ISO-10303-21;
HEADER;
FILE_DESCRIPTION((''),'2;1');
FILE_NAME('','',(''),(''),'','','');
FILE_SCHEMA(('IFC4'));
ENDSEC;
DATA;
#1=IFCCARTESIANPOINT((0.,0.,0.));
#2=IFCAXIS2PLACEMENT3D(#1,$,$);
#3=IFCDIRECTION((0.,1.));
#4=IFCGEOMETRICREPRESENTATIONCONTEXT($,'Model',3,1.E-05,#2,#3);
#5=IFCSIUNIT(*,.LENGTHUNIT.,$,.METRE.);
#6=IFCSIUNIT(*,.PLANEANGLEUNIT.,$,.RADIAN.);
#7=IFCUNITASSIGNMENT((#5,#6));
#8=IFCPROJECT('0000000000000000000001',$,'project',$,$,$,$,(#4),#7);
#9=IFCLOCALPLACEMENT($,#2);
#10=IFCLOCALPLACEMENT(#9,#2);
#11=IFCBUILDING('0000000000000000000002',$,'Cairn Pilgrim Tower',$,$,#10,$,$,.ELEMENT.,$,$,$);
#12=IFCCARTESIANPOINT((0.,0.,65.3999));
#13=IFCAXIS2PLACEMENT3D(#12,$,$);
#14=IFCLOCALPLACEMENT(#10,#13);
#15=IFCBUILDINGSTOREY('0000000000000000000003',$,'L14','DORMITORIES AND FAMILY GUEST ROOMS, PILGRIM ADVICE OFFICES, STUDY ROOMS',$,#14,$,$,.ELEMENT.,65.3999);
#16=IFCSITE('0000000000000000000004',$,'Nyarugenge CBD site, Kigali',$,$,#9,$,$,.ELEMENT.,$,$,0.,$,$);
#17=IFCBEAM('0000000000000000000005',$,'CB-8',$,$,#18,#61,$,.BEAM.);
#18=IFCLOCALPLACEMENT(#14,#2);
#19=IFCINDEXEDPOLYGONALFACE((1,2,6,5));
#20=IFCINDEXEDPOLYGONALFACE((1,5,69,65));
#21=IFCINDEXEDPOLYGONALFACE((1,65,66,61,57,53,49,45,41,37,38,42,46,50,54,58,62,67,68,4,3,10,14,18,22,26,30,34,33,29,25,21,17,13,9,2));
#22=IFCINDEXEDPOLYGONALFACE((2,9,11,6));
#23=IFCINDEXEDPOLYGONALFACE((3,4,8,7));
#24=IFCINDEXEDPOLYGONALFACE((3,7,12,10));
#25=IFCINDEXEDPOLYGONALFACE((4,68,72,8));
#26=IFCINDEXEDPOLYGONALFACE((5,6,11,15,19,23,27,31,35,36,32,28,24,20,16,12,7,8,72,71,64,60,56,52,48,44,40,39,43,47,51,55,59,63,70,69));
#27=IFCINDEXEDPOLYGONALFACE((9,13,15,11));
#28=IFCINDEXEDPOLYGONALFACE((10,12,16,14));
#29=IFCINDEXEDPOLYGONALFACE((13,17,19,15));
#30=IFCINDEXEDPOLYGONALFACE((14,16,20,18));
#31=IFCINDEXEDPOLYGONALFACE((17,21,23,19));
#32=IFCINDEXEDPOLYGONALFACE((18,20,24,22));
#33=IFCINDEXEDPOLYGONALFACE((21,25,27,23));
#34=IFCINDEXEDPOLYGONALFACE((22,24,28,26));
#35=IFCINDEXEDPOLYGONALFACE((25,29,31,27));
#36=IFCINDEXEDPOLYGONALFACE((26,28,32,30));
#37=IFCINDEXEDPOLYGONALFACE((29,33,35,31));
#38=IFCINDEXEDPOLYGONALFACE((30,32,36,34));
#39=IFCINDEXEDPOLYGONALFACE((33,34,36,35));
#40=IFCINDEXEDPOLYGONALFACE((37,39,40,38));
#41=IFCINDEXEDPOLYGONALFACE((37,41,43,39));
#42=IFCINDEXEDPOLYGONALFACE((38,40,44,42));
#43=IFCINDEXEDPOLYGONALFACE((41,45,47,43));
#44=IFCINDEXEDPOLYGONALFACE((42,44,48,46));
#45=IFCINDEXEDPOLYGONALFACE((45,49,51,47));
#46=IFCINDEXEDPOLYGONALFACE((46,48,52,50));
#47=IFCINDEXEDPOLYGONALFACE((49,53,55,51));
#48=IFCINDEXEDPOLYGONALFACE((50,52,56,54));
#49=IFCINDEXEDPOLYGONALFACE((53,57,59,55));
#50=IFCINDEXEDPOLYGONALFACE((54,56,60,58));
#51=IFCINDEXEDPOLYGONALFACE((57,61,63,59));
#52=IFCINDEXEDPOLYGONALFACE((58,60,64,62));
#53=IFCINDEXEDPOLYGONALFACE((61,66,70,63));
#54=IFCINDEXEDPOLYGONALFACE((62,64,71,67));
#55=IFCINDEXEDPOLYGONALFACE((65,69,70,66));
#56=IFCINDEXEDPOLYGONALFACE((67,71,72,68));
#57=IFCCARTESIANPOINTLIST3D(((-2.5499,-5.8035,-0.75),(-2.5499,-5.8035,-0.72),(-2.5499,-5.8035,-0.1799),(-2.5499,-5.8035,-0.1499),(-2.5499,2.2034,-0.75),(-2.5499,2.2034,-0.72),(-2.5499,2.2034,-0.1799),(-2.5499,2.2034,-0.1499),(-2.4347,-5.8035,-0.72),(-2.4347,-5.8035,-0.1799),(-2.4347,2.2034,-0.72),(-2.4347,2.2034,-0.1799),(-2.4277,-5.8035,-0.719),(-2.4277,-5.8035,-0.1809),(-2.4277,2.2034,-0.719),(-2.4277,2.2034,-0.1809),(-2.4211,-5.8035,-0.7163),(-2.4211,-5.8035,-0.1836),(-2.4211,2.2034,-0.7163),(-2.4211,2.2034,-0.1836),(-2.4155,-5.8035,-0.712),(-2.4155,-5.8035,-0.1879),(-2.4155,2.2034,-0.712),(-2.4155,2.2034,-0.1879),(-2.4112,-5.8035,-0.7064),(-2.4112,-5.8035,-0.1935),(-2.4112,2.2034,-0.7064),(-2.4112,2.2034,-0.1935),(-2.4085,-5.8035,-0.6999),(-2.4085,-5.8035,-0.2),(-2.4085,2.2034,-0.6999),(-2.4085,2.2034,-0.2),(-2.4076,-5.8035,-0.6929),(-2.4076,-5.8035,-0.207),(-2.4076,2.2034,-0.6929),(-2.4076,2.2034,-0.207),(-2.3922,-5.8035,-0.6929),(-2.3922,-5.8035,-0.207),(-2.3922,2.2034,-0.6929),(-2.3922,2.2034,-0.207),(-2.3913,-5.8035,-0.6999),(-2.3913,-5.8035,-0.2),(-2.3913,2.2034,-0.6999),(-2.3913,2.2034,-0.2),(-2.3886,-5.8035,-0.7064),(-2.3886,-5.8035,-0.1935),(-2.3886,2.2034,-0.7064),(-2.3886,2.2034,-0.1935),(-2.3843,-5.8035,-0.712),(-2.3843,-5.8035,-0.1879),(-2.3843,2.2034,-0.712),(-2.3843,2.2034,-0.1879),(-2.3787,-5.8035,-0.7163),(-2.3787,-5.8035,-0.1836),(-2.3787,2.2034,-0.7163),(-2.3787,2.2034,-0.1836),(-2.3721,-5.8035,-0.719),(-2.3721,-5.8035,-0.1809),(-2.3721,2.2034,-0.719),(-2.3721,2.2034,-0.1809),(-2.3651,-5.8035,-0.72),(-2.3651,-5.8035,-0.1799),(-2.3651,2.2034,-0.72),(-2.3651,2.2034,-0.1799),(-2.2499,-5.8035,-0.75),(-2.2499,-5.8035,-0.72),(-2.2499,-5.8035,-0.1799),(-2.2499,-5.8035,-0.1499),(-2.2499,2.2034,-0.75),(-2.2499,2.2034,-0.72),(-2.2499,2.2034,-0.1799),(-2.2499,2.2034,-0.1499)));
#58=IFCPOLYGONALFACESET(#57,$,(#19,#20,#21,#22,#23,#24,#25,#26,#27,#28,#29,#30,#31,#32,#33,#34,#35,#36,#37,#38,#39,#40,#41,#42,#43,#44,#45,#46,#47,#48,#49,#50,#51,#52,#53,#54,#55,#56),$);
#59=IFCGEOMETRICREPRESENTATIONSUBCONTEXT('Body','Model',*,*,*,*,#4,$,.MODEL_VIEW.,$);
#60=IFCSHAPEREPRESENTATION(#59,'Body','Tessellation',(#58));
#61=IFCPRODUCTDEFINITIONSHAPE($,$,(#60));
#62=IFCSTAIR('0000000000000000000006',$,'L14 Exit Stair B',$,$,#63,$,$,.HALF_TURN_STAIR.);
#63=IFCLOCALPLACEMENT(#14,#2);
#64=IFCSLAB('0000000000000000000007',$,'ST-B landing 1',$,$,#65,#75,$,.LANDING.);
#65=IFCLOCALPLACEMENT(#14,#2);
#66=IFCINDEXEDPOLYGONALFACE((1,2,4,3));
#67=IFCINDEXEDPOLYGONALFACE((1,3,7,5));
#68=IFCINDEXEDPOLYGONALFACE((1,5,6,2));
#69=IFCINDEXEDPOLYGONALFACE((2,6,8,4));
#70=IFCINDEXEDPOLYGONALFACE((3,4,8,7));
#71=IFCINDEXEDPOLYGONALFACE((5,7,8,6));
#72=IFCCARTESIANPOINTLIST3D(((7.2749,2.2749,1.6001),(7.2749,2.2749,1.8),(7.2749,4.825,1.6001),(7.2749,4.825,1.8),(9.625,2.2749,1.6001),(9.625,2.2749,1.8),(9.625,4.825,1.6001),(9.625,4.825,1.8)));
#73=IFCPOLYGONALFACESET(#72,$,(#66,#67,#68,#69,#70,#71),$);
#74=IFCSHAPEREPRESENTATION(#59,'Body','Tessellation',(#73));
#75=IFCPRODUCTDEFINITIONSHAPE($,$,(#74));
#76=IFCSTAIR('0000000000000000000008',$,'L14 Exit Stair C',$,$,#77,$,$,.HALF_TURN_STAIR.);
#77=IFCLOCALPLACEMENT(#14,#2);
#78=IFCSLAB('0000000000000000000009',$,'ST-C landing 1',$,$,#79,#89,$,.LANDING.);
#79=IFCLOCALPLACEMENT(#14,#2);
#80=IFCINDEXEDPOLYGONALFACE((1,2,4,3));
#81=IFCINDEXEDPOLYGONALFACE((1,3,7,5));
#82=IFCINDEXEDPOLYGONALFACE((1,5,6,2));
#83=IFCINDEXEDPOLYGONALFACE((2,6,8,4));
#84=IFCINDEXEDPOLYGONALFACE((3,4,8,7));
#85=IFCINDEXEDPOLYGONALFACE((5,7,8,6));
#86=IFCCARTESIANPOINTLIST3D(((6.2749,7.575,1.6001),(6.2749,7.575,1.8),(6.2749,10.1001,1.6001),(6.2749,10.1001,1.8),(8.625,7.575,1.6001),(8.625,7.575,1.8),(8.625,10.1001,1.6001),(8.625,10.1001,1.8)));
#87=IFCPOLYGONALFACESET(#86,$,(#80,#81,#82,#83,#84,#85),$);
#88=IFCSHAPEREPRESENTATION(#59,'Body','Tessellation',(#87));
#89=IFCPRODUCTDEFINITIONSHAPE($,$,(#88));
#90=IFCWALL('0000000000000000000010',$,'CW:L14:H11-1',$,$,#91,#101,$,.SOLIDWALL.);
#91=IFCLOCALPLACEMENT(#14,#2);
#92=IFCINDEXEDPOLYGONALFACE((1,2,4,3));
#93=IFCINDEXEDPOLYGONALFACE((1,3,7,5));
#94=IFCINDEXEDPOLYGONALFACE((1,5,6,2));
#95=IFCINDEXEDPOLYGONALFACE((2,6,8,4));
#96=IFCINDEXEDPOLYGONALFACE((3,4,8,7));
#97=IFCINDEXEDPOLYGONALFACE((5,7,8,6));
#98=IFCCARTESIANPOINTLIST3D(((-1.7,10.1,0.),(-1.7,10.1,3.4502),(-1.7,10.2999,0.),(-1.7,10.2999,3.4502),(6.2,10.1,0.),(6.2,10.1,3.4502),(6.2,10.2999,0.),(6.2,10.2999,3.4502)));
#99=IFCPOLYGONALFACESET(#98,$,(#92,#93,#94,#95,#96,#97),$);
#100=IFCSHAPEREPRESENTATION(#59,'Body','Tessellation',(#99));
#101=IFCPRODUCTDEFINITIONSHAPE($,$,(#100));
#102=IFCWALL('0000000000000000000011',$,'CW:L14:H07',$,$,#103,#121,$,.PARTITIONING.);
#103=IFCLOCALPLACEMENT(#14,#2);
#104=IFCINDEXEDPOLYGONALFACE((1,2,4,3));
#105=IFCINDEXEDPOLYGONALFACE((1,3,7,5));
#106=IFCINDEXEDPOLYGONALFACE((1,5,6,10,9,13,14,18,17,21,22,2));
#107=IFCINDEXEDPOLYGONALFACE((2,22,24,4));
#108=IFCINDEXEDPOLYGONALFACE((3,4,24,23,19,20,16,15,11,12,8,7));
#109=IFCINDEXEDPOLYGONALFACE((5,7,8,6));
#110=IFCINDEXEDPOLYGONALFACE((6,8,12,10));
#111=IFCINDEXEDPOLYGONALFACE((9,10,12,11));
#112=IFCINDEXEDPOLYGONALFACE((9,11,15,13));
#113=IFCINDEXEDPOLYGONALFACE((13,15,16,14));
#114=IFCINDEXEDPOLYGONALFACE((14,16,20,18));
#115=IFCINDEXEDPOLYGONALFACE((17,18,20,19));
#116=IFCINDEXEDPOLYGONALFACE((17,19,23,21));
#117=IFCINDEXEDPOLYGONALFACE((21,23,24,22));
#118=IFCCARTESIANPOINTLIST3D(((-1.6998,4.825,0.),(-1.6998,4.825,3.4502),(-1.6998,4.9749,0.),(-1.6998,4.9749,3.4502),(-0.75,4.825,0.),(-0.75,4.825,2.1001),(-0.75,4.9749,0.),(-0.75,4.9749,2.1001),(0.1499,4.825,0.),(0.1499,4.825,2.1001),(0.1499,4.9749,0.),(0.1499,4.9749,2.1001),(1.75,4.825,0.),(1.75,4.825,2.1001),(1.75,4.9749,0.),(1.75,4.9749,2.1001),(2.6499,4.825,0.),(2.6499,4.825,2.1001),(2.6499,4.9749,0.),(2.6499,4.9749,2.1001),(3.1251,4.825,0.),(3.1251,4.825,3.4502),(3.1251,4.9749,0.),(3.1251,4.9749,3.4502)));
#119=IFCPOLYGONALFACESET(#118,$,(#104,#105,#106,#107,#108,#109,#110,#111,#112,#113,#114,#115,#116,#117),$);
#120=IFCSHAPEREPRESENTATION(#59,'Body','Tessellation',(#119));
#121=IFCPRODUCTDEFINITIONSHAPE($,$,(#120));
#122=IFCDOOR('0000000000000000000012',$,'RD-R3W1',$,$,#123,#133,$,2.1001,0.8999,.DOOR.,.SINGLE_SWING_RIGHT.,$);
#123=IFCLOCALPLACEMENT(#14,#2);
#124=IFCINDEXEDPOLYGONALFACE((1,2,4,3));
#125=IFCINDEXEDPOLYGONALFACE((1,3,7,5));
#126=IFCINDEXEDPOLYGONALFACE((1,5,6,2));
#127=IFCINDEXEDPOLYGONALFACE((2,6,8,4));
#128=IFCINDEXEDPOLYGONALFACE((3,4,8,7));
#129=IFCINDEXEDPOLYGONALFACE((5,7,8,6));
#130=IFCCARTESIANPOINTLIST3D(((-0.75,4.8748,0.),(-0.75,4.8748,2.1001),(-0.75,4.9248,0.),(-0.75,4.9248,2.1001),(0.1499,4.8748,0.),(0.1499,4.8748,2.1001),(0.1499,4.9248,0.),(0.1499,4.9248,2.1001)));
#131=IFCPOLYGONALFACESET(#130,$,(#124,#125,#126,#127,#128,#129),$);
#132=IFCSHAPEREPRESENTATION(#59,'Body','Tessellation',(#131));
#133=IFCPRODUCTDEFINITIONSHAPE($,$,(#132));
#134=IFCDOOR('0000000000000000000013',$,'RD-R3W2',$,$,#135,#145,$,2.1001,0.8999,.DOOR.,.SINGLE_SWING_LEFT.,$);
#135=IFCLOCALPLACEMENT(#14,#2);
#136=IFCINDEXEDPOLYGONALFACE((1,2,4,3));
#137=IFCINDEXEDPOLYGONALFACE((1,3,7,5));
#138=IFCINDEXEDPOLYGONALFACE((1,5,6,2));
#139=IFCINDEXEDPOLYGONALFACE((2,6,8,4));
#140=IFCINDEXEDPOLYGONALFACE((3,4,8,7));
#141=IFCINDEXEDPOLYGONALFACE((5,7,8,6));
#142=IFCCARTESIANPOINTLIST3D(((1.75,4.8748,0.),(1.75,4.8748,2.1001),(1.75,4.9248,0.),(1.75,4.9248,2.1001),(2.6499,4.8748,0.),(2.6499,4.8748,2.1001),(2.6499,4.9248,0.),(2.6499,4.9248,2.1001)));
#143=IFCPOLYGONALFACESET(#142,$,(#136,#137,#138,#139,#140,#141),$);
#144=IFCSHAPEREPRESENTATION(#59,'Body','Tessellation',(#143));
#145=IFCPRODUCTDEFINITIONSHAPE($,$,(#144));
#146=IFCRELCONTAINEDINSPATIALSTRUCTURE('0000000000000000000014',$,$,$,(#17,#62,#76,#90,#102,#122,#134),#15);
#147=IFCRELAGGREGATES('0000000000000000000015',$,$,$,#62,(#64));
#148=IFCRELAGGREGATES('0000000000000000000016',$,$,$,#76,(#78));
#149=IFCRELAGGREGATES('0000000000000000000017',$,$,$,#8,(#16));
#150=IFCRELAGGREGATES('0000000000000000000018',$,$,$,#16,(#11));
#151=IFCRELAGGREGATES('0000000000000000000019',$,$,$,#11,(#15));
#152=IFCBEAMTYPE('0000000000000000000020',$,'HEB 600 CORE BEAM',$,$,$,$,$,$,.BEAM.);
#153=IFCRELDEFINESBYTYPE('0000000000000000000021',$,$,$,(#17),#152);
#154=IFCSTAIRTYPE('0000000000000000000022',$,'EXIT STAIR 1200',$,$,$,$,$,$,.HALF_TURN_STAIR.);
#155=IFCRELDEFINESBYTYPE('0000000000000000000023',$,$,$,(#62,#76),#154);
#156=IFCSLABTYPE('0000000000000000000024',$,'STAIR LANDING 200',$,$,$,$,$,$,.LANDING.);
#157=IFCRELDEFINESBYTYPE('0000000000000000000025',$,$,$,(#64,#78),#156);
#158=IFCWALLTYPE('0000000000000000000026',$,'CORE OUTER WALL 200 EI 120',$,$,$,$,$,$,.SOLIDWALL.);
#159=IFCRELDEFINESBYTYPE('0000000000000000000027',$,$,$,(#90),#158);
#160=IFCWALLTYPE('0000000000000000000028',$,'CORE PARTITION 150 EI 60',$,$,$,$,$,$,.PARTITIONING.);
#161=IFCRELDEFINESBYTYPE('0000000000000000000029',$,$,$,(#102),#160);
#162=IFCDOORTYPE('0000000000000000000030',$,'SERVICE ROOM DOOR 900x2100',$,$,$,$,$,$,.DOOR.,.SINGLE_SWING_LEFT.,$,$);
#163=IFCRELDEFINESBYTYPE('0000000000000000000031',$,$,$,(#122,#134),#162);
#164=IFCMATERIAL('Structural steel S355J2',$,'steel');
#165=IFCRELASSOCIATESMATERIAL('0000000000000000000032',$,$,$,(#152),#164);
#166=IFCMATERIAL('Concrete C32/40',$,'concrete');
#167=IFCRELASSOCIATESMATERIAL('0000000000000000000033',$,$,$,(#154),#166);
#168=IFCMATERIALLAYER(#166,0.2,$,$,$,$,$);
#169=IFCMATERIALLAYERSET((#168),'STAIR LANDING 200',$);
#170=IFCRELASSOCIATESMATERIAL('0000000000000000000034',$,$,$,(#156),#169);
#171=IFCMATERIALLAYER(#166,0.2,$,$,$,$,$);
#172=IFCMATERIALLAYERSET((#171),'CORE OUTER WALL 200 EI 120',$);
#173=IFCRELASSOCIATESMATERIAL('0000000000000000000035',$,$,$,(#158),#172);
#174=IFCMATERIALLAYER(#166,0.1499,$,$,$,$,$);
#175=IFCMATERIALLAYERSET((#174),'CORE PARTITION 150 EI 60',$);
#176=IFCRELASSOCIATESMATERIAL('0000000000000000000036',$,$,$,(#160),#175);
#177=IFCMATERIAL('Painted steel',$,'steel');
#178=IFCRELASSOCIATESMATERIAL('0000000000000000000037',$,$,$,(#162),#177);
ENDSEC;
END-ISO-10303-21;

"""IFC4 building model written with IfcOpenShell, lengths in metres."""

from ifc_helpers import new_model, si_unit, direction, frame, frame_2d, origin, origin_2d, place, context, subcontext, project, spatial, polyline, rectangle, i_section, outline, extrude, material, layer, layer_set, material_profile, profile_set, type_object, element, fill, aggregate, save


model = new_model("IFC4")

# Units and contexts
model_context = context("Model", 3, precision=1e-05, world=origin(), true_north=direction((0.0, 1.0)))
body_context = subcontext(model_context, "Body", "Model", "MODEL_VIEW")
ifc_project = project(units=[si_unit("LENGTHUNIT", "METRE"), si_unit("PLANEANGLEUNIT", "RADIAN")], contexts=[model_context])

# Site, building, storey
site_placement = place(None, origin())
site = spatial("IfcSite", under=ifc_project, at=site_placement, Name="Nyarugenge CBD site, Kigali", CompositionType="ELEMENT", RefElevation=0.0)
building_placement = place(site_placement, origin())
building = spatial("IfcBuilding", under=site, at=building_placement, Name="Cairn Pilgrim Tower", CompositionType="ELEMENT")
storey_placement = place(building_placement, frame((0.0, 0.0, 65.3999)))
storey = spatial("IfcBuildingStorey", under=building, at=storey_placement, Name="L14", Description="DORMITORIES AND FAMILY GUEST ROOMS, PILGRIM ADVICE OFFICES, STUDY ROOMS", CompositionType="ELEMENT", Elevation=65.3999)

# Beam
ifc_material_1 = material(Name="Structural steel S355J2", Category="steel")
ifc_material_profile_1 = material_profile(ifc_material_1, i_section(OverallWidth=0.3, OverallDepth=0.6001, WebThickness=0.0154, FlangeThickness=0.03, FilletRadius=0.0271, at=origin_2d()), Name="HEB 600")
ifc_profile_set_1 = profile_set([ifc_material_profile_1], Name="Structural steel S355J2")
beam_type = type_object("IfcBeamType", Name="HEB 600 CORE BEAM", PredefinedType="BEAM", material=ifc_profile_set_1)
for number, where, z_axis, x_axis, name in (
    (1, (-2.3999, 2.2034, -0.45), (0.0, -1.0, 0.0), (1.0, 0.0, 0.0), "CB-8"),
):
    element("IfcBeam", number, at=place(storey_placement, frame(where, z_axis=z_axis, x_axis=x_axis)), inside=storey, type_object=beam_type, Name=name, PredefinedType="BEAM", context=body_context, shape_type="SweptSolid", body=[
        extrude(i_section(OverallWidth=0.3, OverallDepth=0.6001, WebThickness=0.0154, FlangeThickness=0.03, FilletRadius=0.0271, at=origin_2d()), origin(), (0.0, 0.0, 1.0), 8.0068),
    ])

# Stairs, slabs
ifc_material_2 = material(Name="Concrete C32/40", Category="concrete")
stair_type = type_object("IfcStairType", Name="EXIT STAIR 1200", PredefinedType="HALF_TURN_STAIR", material=ifc_material_2)
stair_1_placement = place(storey_placement, origin())
stair_1 = element("IfcStair", 2, at=stair_1_placement, inside=storey, type_object=stair_type, Name="L14 Exit Stair B", PredefinedType="HALF_TURN_STAIR")
ifc_layer_1 = layer(ifc_material_2, 0.2)
ifc_layer_set_1 = layer_set([ifc_layer_1], Name="STAIR LANDING 200")
slab_type = type_object("IfcSlabType", Name="STAIR LANDING 200", PredefinedType="LANDING", material=ifc_layer_set_1)
slab_1_placement = place(storey_placement, frame((0.0, 0.0, 1.6001)))
slab_1 = element("IfcSlab", 3, at=slab_1_placement, type_object=slab_type, Name="ST-B landing 1", PredefinedType="LANDING", context=body_context, shape_type="SweptSolid", body=[
    extrude(outline(polyline([(7.2749, 2.2749), (9.625, 2.2749), (9.625, 4.825), (7.2749, 4.825), (7.2749, 2.2749)])), origin(), (0.0, 0.0, 1.0), 0.2),
])
aggregate(stair_1, [slab_1])
stair_2_placement = place(storey_placement, origin())
stair_2 = element("IfcStair", 4, at=stair_2_placement, inside=storey, type_object=stair_type, Name="L14 Exit Stair C", PredefinedType="HALF_TURN_STAIR")
slab_2_placement = place(storey_placement, frame((0.0, 0.0, 1.6001)))
slab_2 = element("IfcSlab", 5, at=slab_2_placement, type_object=slab_type, Name="ST-C landing 1", PredefinedType="LANDING", context=body_context, shape_type="SweptSolid", body=[
    extrude(outline(polyline([(8.625, 10.1001), (6.2749, 10.1001), (6.2749, 7.575), (8.625, 7.575), (8.625, 10.1001)])), origin(), (0.0, 0.0, 1.0), 0.2),
])
aggregate(stair_2, [slab_2])

# Wall
ifc_layer_2 = layer(ifc_material_2, 0.2)
ifc_layer_set_2 = layer_set([ifc_layer_2], Name="CORE OUTER WALL 200 EI 120")
wall_type_1 = type_object("IfcWallType", Name="CORE OUTER WALL 200 EI 120", PredefinedType="SOLIDWALL", material=ifc_layer_set_2)
wall_1_placement = place(storey_placement, frame((-1.7, 10.2, 0.0), z_axis=(0.0, 0.0, 1.0), x_axis=(1.0, 0.0, 0.0)))
element("IfcWall", 6, at=wall_1_placement, inside=storey, type_object=wall_type_1, Name="CW:L14:H11-1", PredefinedType="SOLIDWALL", context=body_context, shape_type="SweptSolid", body=[
    extrude(rectangle(XDim=7.8999, YDim=0.2, at=frame_2d((3.95, 0.0))), origin(), (0.0, 0.0, 1.0), 3.4502),
])

# Wall, openings, doors
ifc_layer_3 = layer(ifc_material_2, 0.1499)
ifc_layer_set_3 = layer_set([ifc_layer_3], Name="CORE PARTITION 150 EI 60")
wall_type_2 = type_object("IfcWallType", Name="CORE PARTITION 150 EI 60", PredefinedType="PARTITIONING", material=ifc_layer_set_3)
wall_2_placement = place(storey_placement, frame((-1.7, 4.8999, 0.0), z_axis=(0.0, 0.0, 1.0), x_axis=(1.0, 0.0, 0.0)))
wall_2 = element("IfcWall", 7, at=wall_2_placement, inside=storey, type_object=wall_type_2, Name="CW:L14:H07", PredefinedType="PARTITIONING", context=body_context, shape_type="SweptSolid", body=[
    extrude(rectangle(XDim=4.825, YDim=0.1499, at=frame_2d((2.4126, 0.0))), origin(), (0.0, 0.0, 1.0), 3.4502),
])
opening_1_placement = place(wall_2_placement, frame((0.95, 0.0, 0.0)))
opening_1 = element("IfcOpeningElement", 8, at=opening_1_placement, cuts=wall_2, PredefinedType="OPENING", context=body_context, shape_type="SweptSolid", body=[
    extrude(rectangle(XDim=0.8999, YDim=2.1001, at=frame_2d((0.45, 1.05))), frame((0.0, 0.085, 0.0), z_axis=(0.0, -1.0, 0.0), x_axis=(1.0, 0.0, 0.0)), (0.0, 0.0, 1.0), 0.1699),
])
opening_2_placement = place(wall_2_placement, frame((3.45, 0.0, 0.0)))
opening_2 = element("IfcOpeningElement", 9, at=opening_2_placement, cuts=wall_2, PredefinedType="OPENING", context=body_context, shape_type="SweptSolid", body=[
    extrude(rectangle(XDim=0.8999, YDim=2.1001, at=frame_2d((0.45, 1.05))), frame((0.0, 0.085, 0.0), z_axis=(0.0, -1.0, 0.0), x_axis=(1.0, 0.0, 0.0)), (0.0, 0.0, 1.0), 0.1699),
])
ifc_material_3 = material(Name="Painted steel", Category="steel")
door_type_1 = type_object("IfcDoorType", Name="SERVICE ROOM DOOR 900x2100", OperationType="SINGLE_SWING_LEFT", PredefinedType="DOOR", material=ifc_material_3)
door_1_placement = place(opening_1_placement, origin())
door_1 = element("IfcDoor", 10, at=door_1_placement, inside=storey, type_object=door_type_1, Name="RD-R3W1", OperationType="SINGLE_SWING_RIGHT", OverallHeight=2.1001, OverallWidth=0.8999, PredefinedType="DOOR", context=body_context, shape_type="SweptSolid", body=[
    extrude(rectangle(XDim=0.8999, YDim=2.1001, at=frame_2d((0.45, 1.05))), frame((0.0, 0.0249, 0.0), z_axis=(0.0, -1.0, 0.0), x_axis=(1.0, 0.0, 0.0)), (0.0, 0.0, 1.0), 0.05),
])
fill(opening_1, door_1)
door_2_placement = place(opening_2_placement, origin())
door_2 = element("IfcDoor", 11, at=door_2_placement, inside=storey, type_object=door_type_1, Name="RD-R3W2", OperationType="SINGLE_SWING_LEFT", OverallHeight=2.1001, OverallWidth=0.8999, PredefinedType="DOOR", context=body_context, shape_type="SweptSolid", body=[
    extrude(rectangle(XDim=0.8999, YDim=2.1001, at=frame_2d((0.45, 1.05))), frame((0.0, 0.0249, 0.0), z_axis=(0.0, -1.0, 0.0), x_axis=(1.0, 0.0, 0.0)), (0.0, 0.0, 1.0), 0.05),
])
fill(opening_2, door_2)

save(model, "model.ifc")
